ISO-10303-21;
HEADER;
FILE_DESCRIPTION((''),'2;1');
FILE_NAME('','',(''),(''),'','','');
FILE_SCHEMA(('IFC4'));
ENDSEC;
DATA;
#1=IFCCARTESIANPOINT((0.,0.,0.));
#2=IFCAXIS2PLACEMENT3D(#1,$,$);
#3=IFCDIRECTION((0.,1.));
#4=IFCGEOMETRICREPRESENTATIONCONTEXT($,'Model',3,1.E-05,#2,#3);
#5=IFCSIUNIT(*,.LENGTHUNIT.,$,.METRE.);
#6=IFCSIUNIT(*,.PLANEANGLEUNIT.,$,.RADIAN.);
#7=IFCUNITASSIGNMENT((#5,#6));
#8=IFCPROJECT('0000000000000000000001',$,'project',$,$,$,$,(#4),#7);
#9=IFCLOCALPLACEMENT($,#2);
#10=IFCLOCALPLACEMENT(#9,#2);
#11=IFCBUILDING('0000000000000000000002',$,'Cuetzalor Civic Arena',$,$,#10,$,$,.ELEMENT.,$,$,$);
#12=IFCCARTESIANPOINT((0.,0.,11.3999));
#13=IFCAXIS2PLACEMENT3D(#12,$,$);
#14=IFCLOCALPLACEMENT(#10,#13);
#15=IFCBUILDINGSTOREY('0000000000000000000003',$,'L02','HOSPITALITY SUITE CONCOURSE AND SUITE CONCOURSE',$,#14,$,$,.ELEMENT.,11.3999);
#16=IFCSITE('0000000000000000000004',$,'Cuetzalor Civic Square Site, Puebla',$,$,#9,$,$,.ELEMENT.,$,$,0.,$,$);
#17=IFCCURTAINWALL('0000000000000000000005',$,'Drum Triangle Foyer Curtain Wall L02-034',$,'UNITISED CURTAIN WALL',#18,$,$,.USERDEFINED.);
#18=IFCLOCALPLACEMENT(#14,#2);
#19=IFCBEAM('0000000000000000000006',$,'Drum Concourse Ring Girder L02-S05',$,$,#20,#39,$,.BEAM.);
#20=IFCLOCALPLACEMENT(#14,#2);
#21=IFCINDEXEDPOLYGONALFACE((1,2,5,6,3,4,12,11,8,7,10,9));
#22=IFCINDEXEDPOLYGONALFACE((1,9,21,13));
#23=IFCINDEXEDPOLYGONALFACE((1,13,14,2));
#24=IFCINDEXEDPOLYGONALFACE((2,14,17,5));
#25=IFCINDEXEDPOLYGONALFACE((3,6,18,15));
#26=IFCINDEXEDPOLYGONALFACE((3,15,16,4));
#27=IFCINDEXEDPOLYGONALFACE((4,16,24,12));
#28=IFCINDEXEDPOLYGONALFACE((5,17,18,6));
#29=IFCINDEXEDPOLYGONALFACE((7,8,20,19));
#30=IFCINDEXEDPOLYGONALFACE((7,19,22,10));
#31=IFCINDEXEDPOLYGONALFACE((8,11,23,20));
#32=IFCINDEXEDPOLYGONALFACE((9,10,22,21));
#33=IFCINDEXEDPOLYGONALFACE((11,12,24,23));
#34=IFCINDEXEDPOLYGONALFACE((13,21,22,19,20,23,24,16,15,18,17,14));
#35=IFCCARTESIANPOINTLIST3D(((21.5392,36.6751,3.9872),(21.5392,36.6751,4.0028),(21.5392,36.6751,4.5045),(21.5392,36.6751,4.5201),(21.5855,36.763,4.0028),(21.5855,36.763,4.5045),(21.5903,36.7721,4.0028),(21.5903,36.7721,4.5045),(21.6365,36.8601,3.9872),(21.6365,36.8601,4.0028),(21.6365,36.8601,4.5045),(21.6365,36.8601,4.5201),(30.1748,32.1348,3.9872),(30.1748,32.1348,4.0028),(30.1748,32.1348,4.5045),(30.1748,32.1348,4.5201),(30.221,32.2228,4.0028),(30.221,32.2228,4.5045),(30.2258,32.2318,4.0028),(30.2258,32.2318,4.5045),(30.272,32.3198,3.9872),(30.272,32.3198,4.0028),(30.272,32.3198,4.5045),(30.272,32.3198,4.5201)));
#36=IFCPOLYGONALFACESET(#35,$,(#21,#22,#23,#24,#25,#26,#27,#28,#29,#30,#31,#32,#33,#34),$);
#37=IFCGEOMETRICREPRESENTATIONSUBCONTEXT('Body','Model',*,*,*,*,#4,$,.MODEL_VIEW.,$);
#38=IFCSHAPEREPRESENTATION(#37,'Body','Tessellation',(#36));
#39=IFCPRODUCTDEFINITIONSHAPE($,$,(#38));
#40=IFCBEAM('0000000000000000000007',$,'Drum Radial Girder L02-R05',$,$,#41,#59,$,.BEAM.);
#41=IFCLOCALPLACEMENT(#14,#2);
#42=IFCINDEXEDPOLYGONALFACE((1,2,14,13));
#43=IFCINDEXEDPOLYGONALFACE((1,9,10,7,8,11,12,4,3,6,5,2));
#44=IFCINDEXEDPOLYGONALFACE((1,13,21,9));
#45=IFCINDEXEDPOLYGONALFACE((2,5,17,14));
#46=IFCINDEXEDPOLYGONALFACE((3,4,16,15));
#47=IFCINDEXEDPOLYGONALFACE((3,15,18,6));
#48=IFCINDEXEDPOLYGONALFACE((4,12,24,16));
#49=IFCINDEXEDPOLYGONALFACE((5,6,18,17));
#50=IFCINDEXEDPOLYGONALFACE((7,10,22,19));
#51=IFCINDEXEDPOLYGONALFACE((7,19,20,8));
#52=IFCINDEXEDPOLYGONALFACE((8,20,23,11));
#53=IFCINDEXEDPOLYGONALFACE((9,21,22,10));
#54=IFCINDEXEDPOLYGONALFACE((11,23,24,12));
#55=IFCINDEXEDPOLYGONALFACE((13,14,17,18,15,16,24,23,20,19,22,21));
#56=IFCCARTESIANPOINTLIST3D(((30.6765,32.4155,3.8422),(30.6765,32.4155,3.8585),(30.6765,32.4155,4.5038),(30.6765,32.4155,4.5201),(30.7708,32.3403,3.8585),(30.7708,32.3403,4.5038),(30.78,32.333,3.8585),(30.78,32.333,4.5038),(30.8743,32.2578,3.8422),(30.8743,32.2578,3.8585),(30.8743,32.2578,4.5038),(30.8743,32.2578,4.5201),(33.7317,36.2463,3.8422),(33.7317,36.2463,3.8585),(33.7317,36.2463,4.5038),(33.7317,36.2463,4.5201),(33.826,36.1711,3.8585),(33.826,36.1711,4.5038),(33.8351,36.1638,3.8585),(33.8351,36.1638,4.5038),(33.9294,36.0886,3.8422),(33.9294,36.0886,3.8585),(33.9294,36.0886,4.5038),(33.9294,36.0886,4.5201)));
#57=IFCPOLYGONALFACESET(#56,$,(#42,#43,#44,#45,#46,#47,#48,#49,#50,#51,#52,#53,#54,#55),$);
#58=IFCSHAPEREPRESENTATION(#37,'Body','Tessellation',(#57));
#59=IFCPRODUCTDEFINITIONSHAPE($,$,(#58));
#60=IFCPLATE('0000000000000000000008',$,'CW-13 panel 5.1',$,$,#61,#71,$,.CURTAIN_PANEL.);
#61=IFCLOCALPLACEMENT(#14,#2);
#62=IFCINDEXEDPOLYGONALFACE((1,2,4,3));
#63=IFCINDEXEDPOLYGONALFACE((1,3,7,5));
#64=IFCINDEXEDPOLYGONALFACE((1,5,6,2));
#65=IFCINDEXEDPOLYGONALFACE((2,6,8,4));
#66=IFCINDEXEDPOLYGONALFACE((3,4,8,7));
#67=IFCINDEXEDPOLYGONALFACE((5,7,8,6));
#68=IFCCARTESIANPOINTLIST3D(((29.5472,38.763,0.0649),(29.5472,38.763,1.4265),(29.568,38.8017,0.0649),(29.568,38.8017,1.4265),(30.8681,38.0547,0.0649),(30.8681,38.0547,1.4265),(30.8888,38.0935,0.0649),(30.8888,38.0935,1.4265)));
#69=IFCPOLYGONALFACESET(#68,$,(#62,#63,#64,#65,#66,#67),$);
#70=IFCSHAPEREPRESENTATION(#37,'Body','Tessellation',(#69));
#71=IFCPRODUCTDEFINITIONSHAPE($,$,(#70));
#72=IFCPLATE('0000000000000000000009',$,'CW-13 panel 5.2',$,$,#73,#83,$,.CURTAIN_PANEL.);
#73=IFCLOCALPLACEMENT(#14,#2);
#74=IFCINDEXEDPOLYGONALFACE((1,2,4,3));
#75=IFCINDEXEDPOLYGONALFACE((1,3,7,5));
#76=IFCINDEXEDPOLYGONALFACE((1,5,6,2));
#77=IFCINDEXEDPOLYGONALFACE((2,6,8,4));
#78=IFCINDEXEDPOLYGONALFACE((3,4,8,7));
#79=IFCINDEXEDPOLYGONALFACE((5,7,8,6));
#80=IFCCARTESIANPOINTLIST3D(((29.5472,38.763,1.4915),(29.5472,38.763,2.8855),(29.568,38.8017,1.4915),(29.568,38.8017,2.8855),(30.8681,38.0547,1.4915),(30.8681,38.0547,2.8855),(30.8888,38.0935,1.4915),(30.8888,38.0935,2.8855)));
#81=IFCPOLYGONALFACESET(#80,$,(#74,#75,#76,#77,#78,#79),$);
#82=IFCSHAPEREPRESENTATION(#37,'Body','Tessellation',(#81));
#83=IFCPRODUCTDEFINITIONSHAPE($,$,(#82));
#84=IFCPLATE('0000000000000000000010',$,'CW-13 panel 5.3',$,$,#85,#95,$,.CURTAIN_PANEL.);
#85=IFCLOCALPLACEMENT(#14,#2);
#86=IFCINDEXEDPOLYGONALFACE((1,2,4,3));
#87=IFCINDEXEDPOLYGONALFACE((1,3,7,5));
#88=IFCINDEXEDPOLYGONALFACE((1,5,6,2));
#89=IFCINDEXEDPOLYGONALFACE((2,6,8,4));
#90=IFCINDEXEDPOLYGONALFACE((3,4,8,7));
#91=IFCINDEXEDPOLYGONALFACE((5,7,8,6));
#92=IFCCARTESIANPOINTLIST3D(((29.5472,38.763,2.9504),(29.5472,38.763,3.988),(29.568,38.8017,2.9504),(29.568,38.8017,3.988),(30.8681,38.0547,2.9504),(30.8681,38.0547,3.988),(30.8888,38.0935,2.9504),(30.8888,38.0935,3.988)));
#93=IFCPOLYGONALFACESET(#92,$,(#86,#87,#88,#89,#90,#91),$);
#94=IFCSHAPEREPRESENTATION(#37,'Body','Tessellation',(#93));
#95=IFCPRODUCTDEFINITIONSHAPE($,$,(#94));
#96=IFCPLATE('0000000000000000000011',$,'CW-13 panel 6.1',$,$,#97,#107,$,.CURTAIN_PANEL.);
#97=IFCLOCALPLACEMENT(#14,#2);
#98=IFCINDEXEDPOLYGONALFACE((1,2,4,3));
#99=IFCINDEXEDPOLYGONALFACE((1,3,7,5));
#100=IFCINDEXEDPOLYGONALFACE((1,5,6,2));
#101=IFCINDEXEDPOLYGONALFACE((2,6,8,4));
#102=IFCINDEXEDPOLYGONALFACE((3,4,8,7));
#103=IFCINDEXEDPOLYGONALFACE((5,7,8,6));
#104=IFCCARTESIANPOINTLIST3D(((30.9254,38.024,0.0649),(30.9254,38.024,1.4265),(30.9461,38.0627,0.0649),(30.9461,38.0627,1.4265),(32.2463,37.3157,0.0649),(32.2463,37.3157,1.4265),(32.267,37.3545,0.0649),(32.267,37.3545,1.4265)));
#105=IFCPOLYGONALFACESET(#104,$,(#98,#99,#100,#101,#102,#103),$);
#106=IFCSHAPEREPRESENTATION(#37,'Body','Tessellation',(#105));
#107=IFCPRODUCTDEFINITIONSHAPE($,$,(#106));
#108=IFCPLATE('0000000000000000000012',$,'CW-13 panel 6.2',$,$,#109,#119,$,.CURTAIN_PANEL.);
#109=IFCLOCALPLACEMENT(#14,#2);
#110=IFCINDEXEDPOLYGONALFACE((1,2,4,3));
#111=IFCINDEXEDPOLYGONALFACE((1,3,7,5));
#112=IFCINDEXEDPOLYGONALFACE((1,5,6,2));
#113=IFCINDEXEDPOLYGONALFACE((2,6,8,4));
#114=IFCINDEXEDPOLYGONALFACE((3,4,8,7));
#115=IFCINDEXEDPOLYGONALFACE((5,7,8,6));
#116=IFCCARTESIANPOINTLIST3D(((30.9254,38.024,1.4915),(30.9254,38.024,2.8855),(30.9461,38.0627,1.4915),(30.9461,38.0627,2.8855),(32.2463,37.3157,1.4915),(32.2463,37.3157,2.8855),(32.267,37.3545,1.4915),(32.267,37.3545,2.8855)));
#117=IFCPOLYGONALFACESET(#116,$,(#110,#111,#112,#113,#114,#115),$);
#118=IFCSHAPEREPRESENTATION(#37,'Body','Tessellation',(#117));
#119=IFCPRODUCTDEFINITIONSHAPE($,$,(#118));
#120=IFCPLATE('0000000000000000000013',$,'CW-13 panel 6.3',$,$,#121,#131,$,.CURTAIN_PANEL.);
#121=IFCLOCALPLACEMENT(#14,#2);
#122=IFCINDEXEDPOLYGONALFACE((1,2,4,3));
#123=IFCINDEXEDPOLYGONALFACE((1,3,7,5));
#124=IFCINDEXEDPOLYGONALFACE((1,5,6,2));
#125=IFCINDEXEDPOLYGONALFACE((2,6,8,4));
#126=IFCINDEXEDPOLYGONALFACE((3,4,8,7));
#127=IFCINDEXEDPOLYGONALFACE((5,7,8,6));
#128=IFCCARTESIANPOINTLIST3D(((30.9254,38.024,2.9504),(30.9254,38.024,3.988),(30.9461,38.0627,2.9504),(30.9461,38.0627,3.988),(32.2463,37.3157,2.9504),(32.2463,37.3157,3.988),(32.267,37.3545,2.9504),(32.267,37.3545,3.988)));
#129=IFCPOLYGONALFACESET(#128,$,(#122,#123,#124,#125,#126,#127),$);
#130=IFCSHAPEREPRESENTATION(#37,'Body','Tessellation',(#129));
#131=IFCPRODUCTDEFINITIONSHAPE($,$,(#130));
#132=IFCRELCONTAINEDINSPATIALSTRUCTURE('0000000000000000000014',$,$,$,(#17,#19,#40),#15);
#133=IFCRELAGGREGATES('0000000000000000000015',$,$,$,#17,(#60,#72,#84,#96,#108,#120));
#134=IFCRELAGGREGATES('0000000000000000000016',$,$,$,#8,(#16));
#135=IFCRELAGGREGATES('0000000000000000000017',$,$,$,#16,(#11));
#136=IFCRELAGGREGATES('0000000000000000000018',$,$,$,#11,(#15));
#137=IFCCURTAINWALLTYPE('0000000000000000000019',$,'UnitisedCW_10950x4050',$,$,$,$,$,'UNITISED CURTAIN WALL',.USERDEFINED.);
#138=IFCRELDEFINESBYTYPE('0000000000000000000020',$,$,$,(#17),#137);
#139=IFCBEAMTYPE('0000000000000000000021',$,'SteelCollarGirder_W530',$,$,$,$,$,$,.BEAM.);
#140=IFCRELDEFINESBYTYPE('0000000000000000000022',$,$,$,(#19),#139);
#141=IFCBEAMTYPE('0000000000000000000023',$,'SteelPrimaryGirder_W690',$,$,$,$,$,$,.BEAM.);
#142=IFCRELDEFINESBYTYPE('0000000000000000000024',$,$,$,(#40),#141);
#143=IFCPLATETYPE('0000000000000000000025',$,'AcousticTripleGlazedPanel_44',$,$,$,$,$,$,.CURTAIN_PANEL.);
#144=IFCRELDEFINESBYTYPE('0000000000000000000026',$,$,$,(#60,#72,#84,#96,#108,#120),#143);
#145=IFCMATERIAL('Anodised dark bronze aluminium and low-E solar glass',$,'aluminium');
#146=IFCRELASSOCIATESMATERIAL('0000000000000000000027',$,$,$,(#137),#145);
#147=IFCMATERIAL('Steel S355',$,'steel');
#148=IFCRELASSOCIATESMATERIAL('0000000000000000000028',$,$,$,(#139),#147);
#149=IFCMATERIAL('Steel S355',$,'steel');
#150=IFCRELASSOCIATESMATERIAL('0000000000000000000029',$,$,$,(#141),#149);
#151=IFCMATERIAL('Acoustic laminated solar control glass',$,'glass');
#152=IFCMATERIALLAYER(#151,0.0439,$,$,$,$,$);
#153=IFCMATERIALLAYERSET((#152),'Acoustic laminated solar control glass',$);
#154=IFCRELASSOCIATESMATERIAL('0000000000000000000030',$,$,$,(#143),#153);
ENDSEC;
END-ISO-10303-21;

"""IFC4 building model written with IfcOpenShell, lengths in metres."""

from ifc_helpers import new_model, si_unit, direction, frame, origin, origin_2d, place, context, subcontext, project, spatial, rectangle, i_section, extrude, material, layer, layer_set, material_profile, profile_set, type_object, element, aggregate, save


model = new_model("IFC4")

# Units and contexts
model_context = context("Model", 3, precision=1e-05, world=origin(), true_north=direction((0.0, 1.0)))
body_context = subcontext(model_context, "Body", "Model", "MODEL_VIEW")
ifc_project = project(units=[si_unit("LENGTHUNIT", "METRE"), si_unit("PLANEANGLEUNIT", "RADIAN")], contexts=[model_context])

# Site, building, storey
site_placement = place(None, origin())
site = spatial("IfcSite", under=ifc_project, at=site_placement, Name="Cuetzalor Civic Square Site, Puebla", CompositionType="ELEMENT", RefElevation=0.0)
building_placement = place(site_placement, origin())
building = spatial("IfcBuilding", under=site, at=building_placement, Name="Cuetzalor Civic Arena", CompositionType="ELEMENT")
storey_placement = place(building_placement, frame((0.0, 0.0, 11.3999)))
storey = spatial("IfcBuildingStorey", under=building, at=storey_placement, Name="L02", Description="HOSPITALITY SUITE CONCOURSE AND SUITE CONCOURSE", CompositionType="ELEMENT", Elevation=11.3999)

# Curtain wall
ifc_material_1 = material(Name="Anodised dark bronze aluminium and low-E solar glass", Category="aluminium")
curtain_wall_type = type_object("IfcCurtainWallType", Name="UnitisedCW_10950x4050", ElementType="UNITISED CURTAIN WALL", PredefinedType="USERDEFINED", material=ifc_material_1)
curtain_wall_placement = place(storey_placement, origin())
curtain_wall = element("IfcCurtainWall", 1, at=curtain_wall_placement, inside=storey, type_object=curtain_wall_type, Name="Drum Triangle Foyer Curtain Wall L02-034", ObjectType="UNITISED CURTAIN WALL", PredefinedType="USERDEFINED")

# Beams
ifc_material_2 = material(Name="Steel S355", Category="steel")
ifc_material_profile_1 = material_profile(ifc_material_2, i_section(OverallWidth=0.209, OverallDepth=0.533, WebThickness=0.0103, FlangeThickness=0.0156, at=origin_2d()), Name="W530x92")
ifc_profile_set_1 = profile_set([ifc_material_profile_1], Name="Steel S355")
beam_type_1 = type_object("IfcBeamType", Name="SteelCollarGirder_W530", PredefinedType="BEAM", material=ifc_profile_set_1)
beam_1_placement = place(storey_placement, frame((30.2234, 32.2273, 4.2537), z_axis=(-0.885117, 0.465368, 0.0), x_axis=(-0.465368, -0.885117, 0.0)))
element("IfcBeam", 2, at=beam_1_placement, inside=storey, type_object=beam_type_1, Name="Drum Concourse Ring Girder L02-S05", PredefinedType="BEAM", context=body_context, shape_type="SweptSolid", body=[
    extrude(i_section(OverallWidth=0.209, OverallDepth=0.533, WebThickness=0.0103, FlangeThickness=0.0156, at=origin_2d()), origin(), (0.0, 0.0, 1.0), 9.7563),
])
ifc_material_3 = material(Name="Steel S355", Category="steel")
ifc_material_profile_2 = material_profile(ifc_material_3, i_section(OverallWidth=0.2529, OverallDepth=0.678, WebThickness=0.0117, FlangeThickness=0.0164, at=origin_2d()), Name="W690x125")
ifc_profile_set_2 = profile_set([ifc_material_profile_2], Name="Steel S355")
beam_type_2 = type_object("IfcBeamType", Name="SteelPrimaryGirder_W690", PredefinedType="BEAM", material=ifc_profile_set_2)
beam_2_placement = place(storey_placement, frame((30.7754, 32.3367, 4.1812), z_axis=(0.623516, 0.781811, 0.0), x_axis=(-0.781811, 0.623516, 0.0)))
element("IfcBeam", 3, at=beam_2_placement, inside=storey, type_object=beam_type_2, Name="Drum Radial Girder L02-R05", PredefinedType="BEAM", context=body_context, shape_type="SweptSolid", body=[
    extrude(i_section(OverallWidth=0.2529, OverallDepth=0.678, WebThickness=0.0117, FlangeThickness=0.0164, at=origin_2d()), origin(), (0.0, 0.0, 1.0), 4.8999),
])

# Plates
ifc_material_4 = material(Name="Acoustic laminated solar control glass", Category="glass")
ifc_layer = layer(ifc_material_4, 0.0439)
ifc_layer_set = layer_set([ifc_layer], Name="Acoustic laminated solar control glass")
plate_type = type_object("IfcPlateType", Name="AcousticTripleGlazedPanel_44", PredefinedType="CURTAIN_PANEL", material=ifc_layer_set)
plate_1_placement = place(storey_placement, frame((30.218, 38.4282, 0.0649), z_axis=(0.0, 0.0, 1.0), x_axis=(0.881306, -0.472545, 0.0)))
plate_1 = element("IfcPlate", 4, at=plate_1_placement, type_object=plate_type, Name="CW-13 panel 5.1", PredefinedType="CURTAIN_PANEL", context=body_context, shape_type="SweptSolid", body=[
    extrude(rectangle(XDim=1.4988, YDim=0.0439, at=origin_2d()), origin(), (0.0, 0.0, 1.0), 1.3616),
])
plate_2_placement = place(storey_placement, frame((30.218, 38.4282, 1.4915), z_axis=(0.0, 0.0, 1.0), x_axis=(0.881306, -0.472545, 0.0)))
plate_2 = element("IfcPlate", 5, at=plate_2_placement, type_object=plate_type, Name="CW-13 panel 5.2", PredefinedType="CURTAIN_PANEL", context=body_context, shape_type="SweptSolid", body=[
    extrude(rectangle(XDim=1.4988, YDim=0.0439, at=origin_2d()), origin(), (0.0, 0.0, 1.0), 1.394),
])
plate_3_placement = place(storey_placement, frame((30.218, 38.4282, 2.9504), z_axis=(0.0, 0.0, 1.0), x_axis=(0.881306, -0.472545, 0.0)))
plate_3 = element("IfcPlate", 6, at=plate_3_placement, type_object=plate_type, Name="CW-13 panel 5.3", PredefinedType="CURTAIN_PANEL", context=body_context, shape_type="SweptSolid", body=[
    extrude(rectangle(XDim=1.4988, YDim=0.0439, at=origin_2d()), origin(), (0.0, 0.0, 1.0), 1.0376),
])
plate_4_placement = place(storey_placement, frame((31.5962, 37.6892, 0.0649), z_axis=(0.0, 0.0, 1.0), x_axis=(0.881306, -0.472545, 0.0)))
plate_4 = element("IfcPlate", 7, at=plate_4_placement, type_object=plate_type, Name="CW-13 panel 6.1", PredefinedType="CURTAIN_PANEL", context=body_context, shape_type="SweptSolid", body=[
    extrude(rectangle(XDim=1.4988, YDim=0.0439, at=origin_2d()), origin(), (0.0, 0.0, 1.0), 1.3616),
])
plate_5_placement = place(storey_placement, frame((31.5962, 37.6892, 1.4915), z_axis=(0.0, 0.0, 1.0), x_axis=(0.881306, -0.472545, 0.0)))
plate_5 = element("IfcPlate", 8, at=plate_5_placement, type_object=plate_type, Name="CW-13 panel 6.2", PredefinedType="CURTAIN_PANEL", context=body_context, shape_type="SweptSolid", body=[
    extrude(rectangle(XDim=1.4988, YDim=0.0439, at=origin_2d()), origin(), (0.0, 0.0, 1.0), 1.394),
])
plate_6_placement = place(storey_placement, frame((31.5962, 37.6892, 2.9504), z_axis=(0.0, 0.0, 1.0), x_axis=(0.881306, -0.472545, 0.0)))
plate_6 = element("IfcPlate", 9, at=plate_6_placement, type_object=plate_type, Name="CW-13 panel 6.3", PredefinedType="CURTAIN_PANEL", context=body_context, shape_type="SweptSolid", body=[
    extrude(rectangle(XDim=1.4988, YDim=0.0439, at=origin_2d()), origin(), (0.0, 0.0, 1.0), 1.0376),
])
aggregate(curtain_wall, [plate_1, plate_2, plate_3, plate_4, plate_5, plate_6])

save(model, "model.ifc")
